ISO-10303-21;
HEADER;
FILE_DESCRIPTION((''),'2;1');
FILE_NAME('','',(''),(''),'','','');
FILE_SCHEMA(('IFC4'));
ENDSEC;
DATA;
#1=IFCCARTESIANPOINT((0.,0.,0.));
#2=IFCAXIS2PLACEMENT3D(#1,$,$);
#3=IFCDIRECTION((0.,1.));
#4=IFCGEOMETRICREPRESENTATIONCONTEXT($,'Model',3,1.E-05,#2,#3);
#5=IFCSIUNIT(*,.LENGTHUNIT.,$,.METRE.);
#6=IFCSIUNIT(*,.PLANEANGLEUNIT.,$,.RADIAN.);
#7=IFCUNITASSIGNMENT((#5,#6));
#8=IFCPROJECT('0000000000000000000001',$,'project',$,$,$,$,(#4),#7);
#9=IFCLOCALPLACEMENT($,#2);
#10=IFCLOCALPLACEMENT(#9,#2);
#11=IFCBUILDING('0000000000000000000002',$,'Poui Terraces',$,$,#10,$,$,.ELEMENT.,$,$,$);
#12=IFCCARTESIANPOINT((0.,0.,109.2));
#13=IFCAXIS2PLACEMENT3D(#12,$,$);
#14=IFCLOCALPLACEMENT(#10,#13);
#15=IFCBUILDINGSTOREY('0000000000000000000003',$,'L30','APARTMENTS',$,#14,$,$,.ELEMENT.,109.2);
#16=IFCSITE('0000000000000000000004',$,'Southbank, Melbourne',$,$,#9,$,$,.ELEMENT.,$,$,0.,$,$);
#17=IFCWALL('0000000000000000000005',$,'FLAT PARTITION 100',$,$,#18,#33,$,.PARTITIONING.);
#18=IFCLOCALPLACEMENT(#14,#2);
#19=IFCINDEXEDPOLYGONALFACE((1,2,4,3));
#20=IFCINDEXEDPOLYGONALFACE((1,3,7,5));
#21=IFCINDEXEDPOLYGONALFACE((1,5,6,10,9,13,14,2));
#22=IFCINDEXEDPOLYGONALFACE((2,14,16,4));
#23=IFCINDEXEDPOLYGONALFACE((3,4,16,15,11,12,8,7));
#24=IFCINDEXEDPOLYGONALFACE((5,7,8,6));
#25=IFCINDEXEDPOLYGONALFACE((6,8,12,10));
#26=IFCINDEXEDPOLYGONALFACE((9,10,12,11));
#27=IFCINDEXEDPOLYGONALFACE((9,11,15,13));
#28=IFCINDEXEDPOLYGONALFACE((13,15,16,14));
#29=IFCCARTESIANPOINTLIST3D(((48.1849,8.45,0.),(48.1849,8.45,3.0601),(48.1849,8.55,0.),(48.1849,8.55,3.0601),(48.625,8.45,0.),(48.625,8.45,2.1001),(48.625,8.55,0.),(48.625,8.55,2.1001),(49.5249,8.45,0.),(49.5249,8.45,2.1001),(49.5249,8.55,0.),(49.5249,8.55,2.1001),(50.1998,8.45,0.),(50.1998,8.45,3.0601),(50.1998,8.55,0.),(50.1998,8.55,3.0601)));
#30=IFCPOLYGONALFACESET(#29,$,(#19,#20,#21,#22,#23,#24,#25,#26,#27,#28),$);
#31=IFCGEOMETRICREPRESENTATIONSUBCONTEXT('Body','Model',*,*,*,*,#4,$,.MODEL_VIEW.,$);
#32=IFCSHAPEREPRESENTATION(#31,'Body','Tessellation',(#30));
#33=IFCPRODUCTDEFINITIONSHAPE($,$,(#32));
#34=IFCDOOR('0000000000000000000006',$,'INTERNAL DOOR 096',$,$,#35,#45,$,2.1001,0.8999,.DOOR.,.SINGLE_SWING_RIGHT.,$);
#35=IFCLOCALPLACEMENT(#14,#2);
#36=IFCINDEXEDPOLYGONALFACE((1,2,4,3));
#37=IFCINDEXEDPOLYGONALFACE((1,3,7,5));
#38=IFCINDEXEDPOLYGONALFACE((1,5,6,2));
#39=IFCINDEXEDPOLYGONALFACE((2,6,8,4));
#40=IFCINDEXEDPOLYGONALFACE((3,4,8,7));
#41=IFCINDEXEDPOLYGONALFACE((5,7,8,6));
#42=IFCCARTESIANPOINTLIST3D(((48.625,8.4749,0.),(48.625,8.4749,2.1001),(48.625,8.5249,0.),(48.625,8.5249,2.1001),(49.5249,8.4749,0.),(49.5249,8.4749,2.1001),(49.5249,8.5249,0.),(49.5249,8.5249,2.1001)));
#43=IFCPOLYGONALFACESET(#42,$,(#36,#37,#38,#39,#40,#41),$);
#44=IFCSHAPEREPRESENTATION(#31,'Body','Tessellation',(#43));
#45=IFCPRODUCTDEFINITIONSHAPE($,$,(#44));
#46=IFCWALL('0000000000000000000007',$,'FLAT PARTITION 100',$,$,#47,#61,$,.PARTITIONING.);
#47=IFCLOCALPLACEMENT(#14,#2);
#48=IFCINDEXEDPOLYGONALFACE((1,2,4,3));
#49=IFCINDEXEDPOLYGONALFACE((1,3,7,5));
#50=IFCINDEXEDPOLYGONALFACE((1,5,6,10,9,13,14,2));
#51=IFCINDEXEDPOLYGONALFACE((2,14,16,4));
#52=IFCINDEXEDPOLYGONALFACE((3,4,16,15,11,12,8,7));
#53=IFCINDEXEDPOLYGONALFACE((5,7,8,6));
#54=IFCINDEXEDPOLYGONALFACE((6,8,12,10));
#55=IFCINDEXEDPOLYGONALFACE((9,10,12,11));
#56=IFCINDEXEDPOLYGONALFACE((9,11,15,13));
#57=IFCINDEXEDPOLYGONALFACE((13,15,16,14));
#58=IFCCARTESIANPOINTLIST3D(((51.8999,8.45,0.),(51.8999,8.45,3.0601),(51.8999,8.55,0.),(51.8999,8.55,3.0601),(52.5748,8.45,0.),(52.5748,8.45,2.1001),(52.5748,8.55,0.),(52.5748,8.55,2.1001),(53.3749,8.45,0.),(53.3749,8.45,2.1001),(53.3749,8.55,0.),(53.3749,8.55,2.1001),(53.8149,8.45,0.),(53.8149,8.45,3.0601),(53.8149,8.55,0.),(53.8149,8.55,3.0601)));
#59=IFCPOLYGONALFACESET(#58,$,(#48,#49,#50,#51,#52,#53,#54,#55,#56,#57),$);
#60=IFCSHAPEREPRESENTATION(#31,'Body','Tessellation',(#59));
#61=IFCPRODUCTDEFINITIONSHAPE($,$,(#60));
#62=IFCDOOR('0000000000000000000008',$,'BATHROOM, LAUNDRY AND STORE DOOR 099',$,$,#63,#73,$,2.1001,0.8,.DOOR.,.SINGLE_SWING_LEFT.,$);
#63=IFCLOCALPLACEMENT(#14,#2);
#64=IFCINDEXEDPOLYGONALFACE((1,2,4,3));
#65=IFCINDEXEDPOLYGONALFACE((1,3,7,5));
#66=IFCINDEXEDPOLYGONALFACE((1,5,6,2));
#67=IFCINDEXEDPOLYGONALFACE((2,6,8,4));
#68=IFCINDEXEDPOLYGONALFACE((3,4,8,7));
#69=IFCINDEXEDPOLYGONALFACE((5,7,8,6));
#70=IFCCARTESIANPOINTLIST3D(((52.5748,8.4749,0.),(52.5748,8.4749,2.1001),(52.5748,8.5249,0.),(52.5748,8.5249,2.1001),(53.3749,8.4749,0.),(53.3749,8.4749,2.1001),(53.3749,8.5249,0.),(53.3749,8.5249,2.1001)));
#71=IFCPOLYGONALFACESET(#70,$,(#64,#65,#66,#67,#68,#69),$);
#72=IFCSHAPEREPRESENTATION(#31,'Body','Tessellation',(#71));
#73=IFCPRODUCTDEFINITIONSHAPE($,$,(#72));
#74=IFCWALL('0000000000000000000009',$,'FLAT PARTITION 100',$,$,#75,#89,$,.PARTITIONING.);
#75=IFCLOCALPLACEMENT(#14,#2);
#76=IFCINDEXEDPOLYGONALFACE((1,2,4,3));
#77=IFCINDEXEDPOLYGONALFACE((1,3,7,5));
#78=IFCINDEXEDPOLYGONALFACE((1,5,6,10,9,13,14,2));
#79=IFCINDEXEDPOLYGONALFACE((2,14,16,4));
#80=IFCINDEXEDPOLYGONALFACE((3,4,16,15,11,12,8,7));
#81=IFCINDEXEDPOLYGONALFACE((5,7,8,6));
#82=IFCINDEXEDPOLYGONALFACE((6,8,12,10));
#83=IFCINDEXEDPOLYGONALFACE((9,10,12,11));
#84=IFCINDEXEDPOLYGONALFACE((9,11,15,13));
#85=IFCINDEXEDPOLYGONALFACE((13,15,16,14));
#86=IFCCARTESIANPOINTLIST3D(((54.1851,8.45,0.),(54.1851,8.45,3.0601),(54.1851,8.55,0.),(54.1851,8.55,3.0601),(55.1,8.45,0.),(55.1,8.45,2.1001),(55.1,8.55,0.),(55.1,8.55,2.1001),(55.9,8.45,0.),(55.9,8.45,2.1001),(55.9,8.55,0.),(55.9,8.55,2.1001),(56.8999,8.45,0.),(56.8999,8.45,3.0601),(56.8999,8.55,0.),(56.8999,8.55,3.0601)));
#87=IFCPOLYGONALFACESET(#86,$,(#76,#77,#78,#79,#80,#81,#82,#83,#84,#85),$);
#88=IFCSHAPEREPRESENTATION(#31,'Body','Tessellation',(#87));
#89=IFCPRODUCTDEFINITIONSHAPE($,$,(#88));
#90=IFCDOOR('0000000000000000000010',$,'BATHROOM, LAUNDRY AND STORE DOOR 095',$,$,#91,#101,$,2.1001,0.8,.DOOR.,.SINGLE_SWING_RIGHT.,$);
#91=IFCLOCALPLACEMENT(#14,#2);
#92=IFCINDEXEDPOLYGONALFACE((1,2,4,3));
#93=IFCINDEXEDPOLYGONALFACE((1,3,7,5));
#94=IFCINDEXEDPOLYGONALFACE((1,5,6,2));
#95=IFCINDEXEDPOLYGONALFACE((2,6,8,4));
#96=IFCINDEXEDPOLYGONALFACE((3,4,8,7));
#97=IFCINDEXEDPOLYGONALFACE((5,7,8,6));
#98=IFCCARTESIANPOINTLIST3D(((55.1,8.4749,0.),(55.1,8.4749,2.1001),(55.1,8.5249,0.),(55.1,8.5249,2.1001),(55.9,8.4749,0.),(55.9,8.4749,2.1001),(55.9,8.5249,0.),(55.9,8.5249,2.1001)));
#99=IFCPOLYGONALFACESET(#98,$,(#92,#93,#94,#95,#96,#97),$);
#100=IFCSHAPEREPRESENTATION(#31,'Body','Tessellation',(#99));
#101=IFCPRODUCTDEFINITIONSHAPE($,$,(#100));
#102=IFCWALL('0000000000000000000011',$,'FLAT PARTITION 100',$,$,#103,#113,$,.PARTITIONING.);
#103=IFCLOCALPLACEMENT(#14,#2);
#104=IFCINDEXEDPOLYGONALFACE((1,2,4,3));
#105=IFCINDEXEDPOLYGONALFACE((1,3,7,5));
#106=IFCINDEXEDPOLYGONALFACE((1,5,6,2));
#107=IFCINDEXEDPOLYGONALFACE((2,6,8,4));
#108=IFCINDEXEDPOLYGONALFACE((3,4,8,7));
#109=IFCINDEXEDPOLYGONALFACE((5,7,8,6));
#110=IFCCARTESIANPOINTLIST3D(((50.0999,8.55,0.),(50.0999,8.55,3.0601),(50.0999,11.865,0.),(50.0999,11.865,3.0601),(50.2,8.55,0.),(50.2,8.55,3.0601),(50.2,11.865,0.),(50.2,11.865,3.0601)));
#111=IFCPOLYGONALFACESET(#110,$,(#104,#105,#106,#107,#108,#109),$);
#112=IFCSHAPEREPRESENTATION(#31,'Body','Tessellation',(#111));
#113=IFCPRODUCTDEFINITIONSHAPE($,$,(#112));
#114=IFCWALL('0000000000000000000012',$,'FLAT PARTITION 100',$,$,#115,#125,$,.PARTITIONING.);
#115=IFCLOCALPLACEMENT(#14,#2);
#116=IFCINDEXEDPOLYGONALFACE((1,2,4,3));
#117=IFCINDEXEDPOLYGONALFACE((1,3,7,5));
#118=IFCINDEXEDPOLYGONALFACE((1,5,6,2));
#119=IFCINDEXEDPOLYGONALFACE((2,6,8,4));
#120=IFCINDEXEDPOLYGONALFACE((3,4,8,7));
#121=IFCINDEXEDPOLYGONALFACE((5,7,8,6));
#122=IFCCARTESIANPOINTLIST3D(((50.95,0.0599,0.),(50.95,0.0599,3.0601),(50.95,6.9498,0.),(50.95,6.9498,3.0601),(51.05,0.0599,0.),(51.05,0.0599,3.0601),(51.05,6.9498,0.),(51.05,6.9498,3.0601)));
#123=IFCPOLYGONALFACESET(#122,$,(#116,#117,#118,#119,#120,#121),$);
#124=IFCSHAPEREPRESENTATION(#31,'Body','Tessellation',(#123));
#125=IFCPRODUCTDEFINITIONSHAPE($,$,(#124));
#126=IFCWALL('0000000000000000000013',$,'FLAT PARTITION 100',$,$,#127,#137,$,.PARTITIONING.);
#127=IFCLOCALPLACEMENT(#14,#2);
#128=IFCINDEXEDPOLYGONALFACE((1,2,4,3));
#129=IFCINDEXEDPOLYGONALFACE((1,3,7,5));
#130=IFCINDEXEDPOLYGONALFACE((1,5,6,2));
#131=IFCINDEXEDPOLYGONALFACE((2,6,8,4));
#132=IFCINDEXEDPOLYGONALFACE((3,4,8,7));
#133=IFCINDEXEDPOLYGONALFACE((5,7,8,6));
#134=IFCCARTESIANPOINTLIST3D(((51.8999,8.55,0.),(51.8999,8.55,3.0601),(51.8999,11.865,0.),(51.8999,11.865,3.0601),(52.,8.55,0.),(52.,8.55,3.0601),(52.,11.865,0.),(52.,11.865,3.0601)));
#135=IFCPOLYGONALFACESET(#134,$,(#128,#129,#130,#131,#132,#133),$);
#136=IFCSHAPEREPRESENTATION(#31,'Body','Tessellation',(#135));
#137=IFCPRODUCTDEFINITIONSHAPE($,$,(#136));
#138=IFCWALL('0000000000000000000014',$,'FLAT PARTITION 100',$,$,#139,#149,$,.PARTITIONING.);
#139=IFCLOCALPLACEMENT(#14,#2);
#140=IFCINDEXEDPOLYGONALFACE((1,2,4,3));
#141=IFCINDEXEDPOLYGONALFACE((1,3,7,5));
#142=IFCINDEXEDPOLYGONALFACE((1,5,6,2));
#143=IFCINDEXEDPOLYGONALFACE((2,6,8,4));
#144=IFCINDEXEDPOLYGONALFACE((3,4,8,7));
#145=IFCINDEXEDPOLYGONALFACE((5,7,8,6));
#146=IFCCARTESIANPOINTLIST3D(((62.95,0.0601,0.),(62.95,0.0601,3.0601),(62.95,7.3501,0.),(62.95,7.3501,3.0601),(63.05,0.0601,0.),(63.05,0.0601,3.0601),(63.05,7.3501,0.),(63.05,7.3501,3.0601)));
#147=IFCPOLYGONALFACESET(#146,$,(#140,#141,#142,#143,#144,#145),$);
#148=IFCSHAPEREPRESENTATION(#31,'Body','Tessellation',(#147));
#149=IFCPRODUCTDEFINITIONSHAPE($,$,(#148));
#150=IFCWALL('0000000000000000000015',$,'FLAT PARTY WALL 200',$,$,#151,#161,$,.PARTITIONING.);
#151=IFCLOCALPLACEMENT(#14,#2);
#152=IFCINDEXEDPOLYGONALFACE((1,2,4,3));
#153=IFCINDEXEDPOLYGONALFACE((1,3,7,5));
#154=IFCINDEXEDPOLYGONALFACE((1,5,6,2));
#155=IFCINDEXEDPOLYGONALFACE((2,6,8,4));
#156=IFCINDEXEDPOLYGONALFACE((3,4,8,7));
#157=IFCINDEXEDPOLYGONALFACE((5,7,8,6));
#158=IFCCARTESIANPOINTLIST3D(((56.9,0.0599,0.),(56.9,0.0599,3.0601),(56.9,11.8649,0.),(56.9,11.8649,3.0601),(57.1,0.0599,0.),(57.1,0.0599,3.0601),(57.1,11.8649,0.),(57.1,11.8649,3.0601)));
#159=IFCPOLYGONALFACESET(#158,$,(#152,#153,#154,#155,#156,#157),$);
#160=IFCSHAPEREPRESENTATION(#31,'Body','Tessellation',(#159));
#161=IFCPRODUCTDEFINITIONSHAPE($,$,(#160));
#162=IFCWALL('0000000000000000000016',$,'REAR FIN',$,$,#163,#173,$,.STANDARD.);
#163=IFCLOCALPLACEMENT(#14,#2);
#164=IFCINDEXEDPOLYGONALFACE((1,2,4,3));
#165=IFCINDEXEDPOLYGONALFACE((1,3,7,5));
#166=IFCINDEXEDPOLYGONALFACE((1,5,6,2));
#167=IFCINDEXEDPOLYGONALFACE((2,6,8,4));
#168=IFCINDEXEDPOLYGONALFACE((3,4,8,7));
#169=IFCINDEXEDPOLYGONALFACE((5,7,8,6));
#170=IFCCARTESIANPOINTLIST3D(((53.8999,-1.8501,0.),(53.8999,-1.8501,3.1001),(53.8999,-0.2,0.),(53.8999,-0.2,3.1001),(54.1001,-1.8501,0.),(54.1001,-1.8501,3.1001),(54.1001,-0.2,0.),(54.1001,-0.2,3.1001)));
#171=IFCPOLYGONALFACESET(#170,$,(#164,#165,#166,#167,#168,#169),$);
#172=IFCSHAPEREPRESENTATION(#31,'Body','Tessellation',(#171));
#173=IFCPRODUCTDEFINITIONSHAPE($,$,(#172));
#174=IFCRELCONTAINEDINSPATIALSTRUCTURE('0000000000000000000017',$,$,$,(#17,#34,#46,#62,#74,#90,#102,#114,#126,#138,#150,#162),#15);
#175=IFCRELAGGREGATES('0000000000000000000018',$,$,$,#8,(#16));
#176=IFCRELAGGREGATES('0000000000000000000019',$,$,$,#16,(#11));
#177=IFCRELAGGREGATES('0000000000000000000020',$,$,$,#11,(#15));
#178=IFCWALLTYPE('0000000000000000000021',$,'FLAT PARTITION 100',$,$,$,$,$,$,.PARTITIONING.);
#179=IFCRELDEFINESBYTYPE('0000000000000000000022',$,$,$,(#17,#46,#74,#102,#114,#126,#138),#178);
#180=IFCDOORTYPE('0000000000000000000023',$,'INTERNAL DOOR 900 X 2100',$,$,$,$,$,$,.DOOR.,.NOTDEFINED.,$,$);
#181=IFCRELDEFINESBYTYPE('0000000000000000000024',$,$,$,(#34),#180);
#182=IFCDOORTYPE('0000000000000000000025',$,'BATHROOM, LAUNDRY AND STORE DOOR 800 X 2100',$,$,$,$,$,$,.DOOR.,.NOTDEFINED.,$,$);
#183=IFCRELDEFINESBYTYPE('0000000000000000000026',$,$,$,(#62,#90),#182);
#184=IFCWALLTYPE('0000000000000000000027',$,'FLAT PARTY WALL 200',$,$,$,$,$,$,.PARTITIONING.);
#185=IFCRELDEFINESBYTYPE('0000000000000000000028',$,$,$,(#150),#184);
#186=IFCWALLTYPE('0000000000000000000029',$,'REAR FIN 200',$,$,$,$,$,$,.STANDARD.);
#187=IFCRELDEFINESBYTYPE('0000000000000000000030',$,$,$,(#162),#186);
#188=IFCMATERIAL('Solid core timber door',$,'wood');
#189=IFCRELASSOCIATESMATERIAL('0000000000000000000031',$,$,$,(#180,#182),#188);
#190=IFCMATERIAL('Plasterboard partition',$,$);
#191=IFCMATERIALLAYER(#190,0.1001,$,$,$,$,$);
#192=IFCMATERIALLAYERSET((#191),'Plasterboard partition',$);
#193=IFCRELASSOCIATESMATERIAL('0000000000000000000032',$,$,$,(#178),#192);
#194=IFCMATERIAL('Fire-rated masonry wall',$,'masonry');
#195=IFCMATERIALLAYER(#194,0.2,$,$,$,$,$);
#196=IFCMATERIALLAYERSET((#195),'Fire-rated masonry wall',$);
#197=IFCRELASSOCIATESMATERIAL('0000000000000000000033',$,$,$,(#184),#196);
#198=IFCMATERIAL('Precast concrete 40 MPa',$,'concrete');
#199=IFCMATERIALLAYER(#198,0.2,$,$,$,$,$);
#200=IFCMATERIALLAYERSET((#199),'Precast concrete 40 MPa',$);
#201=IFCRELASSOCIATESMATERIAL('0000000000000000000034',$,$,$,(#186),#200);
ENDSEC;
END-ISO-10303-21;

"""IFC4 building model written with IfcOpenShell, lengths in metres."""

from ifc_helpers import new_model, si_unit, direction, frame, frame_2d, origin, place, context, subcontext, project, spatial, polyline, rectangle, outline, extrude, source, transform, mapped, material, layer, layer_set, type_object, element, fill, save


model = new_model("IFC4")

# Units and contexts
model_context = context("Model", 3, precision=1e-05, world=origin(), true_north=direction((0.0, 1.0)))
body_context = subcontext(model_context, "Body", "Model", "MODEL_VIEW")
ifc_project = project(units=[si_unit("LENGTHUNIT", "METRE"), si_unit("PLANEANGLEUNIT", "RADIAN")], contexts=[model_context])

# Site, building, storey
site_placement = place(None, origin())
site = spatial("IfcSite", under=ifc_project, at=site_placement, Name="Southbank, Melbourne", CompositionType="ELEMENT", RefElevation=0.0)
building_placement = place(site_placement, origin())
building = spatial("IfcBuilding", under=site, at=building_placement, Name="Poui Terraces", CompositionType="ELEMENT")
storey_placement = place(building_placement, frame((0.0, 0.0, 109.2)))
storey = spatial("IfcBuildingStorey", under=building, at=storey_placement, Name="L30", Description="APARTMENTS", CompositionType="ELEMENT", Elevation=109.2)

# Shared definitions
ifc_material_1 = material(Name="Precast concrete 40 MPa", Category="concrete")

# Shared definitions
ifc_material_2 = material(Name="Solid core timber door", Category="wood")
door_type_1 = type_object("IfcDoorType", Name="INTERNAL DOOR 900 X 2100", OperationType="NOTDEFINED", PredefinedType="DOOR", material=ifc_material_2)

# Walls, openings, doors
ifc_material_3 = material(Name="Plasterboard partition")
ifc_layer_1 = layer(ifc_material_3, 0.1001)
ifc_layer_set_1 = layer_set([ifc_layer_1], Name="Plasterboard partition")
wall_type_1 = type_object("IfcWallType", Name="FLAT PARTITION 100", PredefinedType="PARTITIONING", material=ifc_layer_set_1)
wall_1_placement = place(storey_placement, frame((48.1851, 8.5, 0.0), z_axis=(0.0, 0.0, 1.0), x_axis=(1.0, 0.0, 0.0)))
wall_1 = element("IfcWall", 1, at=wall_1_placement, inside=storey, type_object=wall_type_1, Name="FLAT PARTITION 100", PredefinedType="PARTITIONING", context=body_context, shape_type="SweptSolid", body=[
    extrude(rectangle(XDim=2.0149, YDim=0.1001, at=frame_2d((1.0073, 0.0))), origin(), (0.0, 0.0, 1.0), 3.0601),
])
opening_1_placement = place(wall_1_placement, frame((0.4399, 0.0, 0.0)))
opening_1 = element("IfcOpeningElement", 2, at=opening_1_placement, cuts=wall_1, PredefinedType="OPENING", context=body_context, shape_type="SweptSolid", body=[
    extrude(rectangle(XDim=0.8999, YDim=2.1001, at=frame_2d((0.45, 1.05))), frame((0.0, 0.0601, 0.0), z_axis=(0.0, -1.0, 0.0), x_axis=(1.0, 0.0, 0.0)), (0.0, 0.0, 1.0), 0.1201),
])
door_1_placement = place(opening_1_placement, origin())
door_1 = element("IfcDoor", 3, at=door_1_placement, inside=storey, type_object=door_type_1, Name="INTERNAL DOOR 096", OperationType="SINGLE_SWING_RIGHT", OverallHeight=2.1001, OverallWidth=0.8999, PredefinedType="DOOR", context=body_context, shape_type="SweptSolid", body=[
    extrude(rectangle(XDim=0.8999, YDim=2.1001, at=frame_2d((0.45, 1.05))), frame((0.0, 0.0249, 0.0), z_axis=(0.0, -1.0, 0.0), x_axis=(1.0, 0.0, 0.0)), (0.0, 0.0, 1.0), 0.05),
])
fill(opening_1, door_1)
wall_2_placement = place(storey_placement, frame((51.8999, 8.5, 0.0), z_axis=(0.0, 0.0, 1.0), x_axis=(1.0, 0.0, 0.0)))
wall_2 = element("IfcWall", 4, at=wall_2_placement, inside=storey, type_object=wall_type_1, Name="FLAT PARTITION 100", PredefinedType="PARTITIONING", context=body_context, shape_type="SweptSolid", body=[
    extrude(rectangle(XDim=1.915, YDim=0.1001, at=frame_2d((0.9575, 0.0))), origin(), (0.0, 0.0, 1.0), 3.0601),
])
opening_2_placement = place(wall_2_placement, frame((0.675, 0.0, 0.0)))
opening_2 = element("IfcOpeningElement", 5, at=opening_2_placement, cuts=wall_2, PredefinedType="OPENING", context=body_context, shape_type="SweptSolid", body=[
    extrude(rectangle(XDim=0.8, YDim=2.1001, at=frame_2d((0.3999, 1.05))), frame((0.0, 0.0601, 0.0), z_axis=(0.0, -1.0, 0.0), x_axis=(1.0, 0.0, 0.0)), (0.0, 0.0, 1.0), 0.1201),
])
door_type_2 = type_object("IfcDoorType", Name="BATHROOM, LAUNDRY AND STORE DOOR 800 X 2100", OperationType="NOTDEFINED", PredefinedType="DOOR", material=ifc_material_2)
door_2_placement = place(opening_2_placement, origin())
door_2 = element("IfcDoor", 6, at=door_2_placement, inside=storey, type_object=door_type_2, Name="BATHROOM, LAUNDRY AND STORE DOOR 099", OperationType="SINGLE_SWING_LEFT", OverallHeight=2.1001, OverallWidth=0.8, PredefinedType="DOOR", context=body_context, shape_type="SweptSolid", body=[
    extrude(rectangle(XDim=0.8, YDim=2.1001, at=frame_2d((0.3999, 1.05))), frame((0.0, 0.0249, 0.0), z_axis=(0.0, -1.0, 0.0), x_axis=(1.0, 0.0, 0.0)), (0.0, 0.0, 1.0), 0.05),
])
fill(opening_2, door_2)
wall_3_placement = place(storey_placement, frame((54.1851, 8.5, 0.0), z_axis=(0.0, 0.0, 1.0), x_axis=(1.0, 0.0, 0.0)))
wall_3 = element("IfcWall", 7, at=wall_3_placement, inside=storey, type_object=wall_type_1, Name="FLAT PARTITION 100", PredefinedType="PARTITIONING", context=body_context, shape_type="SweptSolid", body=[
    extrude(rectangle(XDim=2.7148, YDim=0.1001, at=frame_2d((1.3574, 0.0))), origin(), (0.0, 0.0, 1.0), 3.0601),
])
opening_3_placement = place(wall_3_placement, frame((0.915, 0.0, 0.0)))
opening_3 = element("IfcOpeningElement", 8, at=opening_3_placement, cuts=wall_3, PredefinedType="OPENING", context=body_context, shape_type="SweptSolid", body=[
    extrude(rectangle(XDim=0.8, YDim=2.1001, at=frame_2d((0.3999, 1.05))), frame((0.0, 0.0601, 0.0), z_axis=(0.0, -1.0, 0.0), x_axis=(1.0, 0.0, 0.0)), (0.0, 0.0, 1.0), 0.1201),
])
door_3_placement = place(opening_3_placement, origin())
door_3 = element("IfcDoor", 9, at=door_3_placement, inside=storey, type_object=door_type_2, Name="BATHROOM, LAUNDRY AND STORE DOOR 095", OperationType="SINGLE_SWING_RIGHT", OverallHeight=2.1001, OverallWidth=0.8, PredefinedType="DOOR", context=body_context, shape_type="SweptSolid", body=[
    extrude(rectangle(XDim=0.8, YDim=2.1001, at=frame_2d((0.3999, 1.05))), frame((0.0, 0.0249, 0.0), z_axis=(0.0, -1.0, 0.0), x_axis=(1.0, 0.0, 0.0)), (0.0, 0.0, 1.0), 0.05),
])
fill(opening_3, door_3)

# Walls
wall_4_placement = place(storey_placement, frame((50.1499, 8.55, 0.0), z_axis=(0.0, 0.0, 1.0), x_axis=(0.0, 1.0, 0.0)))
element("IfcWall", 10, at=wall_4_placement, inside=storey, type_object=wall_type_1, Name="FLAT PARTITION 100", PredefinedType="PARTITIONING", context=body_context, shape_type="SweptSolid", body=[
    extrude(rectangle(XDim=3.3149, YDim=0.1001, at=frame_2d((1.6575, 0.0))), origin(), (0.0, 0.0, 1.0), 3.0601),
])
wall_5_placement = place(storey_placement, frame((51.0, 0.0601, 0.0), z_axis=(0.0, 0.0, 1.0), x_axis=(0.0, 1.0, 0.0)))
element("IfcWall", 11, at=wall_5_placement, inside=storey, type_object=wall_type_1, Name="FLAT PARTITION 100", PredefinedType="PARTITIONING", context=body_context, shape_type="SweptSolid", body=[
    extrude(rectangle(XDim=6.8899, YDim=0.1001, at=frame_2d((3.4448, 0.0))), origin(), (0.0, 0.0, 1.0), 3.0601),
])
wall_6_placement = place(storey_placement, frame((51.95, 8.55, 0.0), z_axis=(0.0, 0.0, 1.0), x_axis=(0.0, 1.0, 0.0)))
element("IfcWall", 12, at=wall_6_placement, inside=storey, type_object=wall_type_1, Name="FLAT PARTITION 100", PredefinedType="PARTITIONING", context=body_context, shape_type="SweptSolid", body=[
    extrude(rectangle(XDim=3.3149, YDim=0.1001, at=frame_2d((1.6575, 0.0))), origin(), (0.0, 0.0, 1.0), 3.0601),
])
wall_7_placement = place(storey_placement, frame((63.0, 0.0601, 0.0), z_axis=(0.0, 0.0, 1.0), x_axis=(0.0, 1.0, 0.0)))
element("IfcWall", 13, at=wall_7_placement, inside=storey, type_object=wall_type_1, Name="FLAT PARTITION 100", PredefinedType="PARTITIONING", context=body_context, shape_type="SweptSolid", body=[
    extrude(rectangle(XDim=7.29, YDim=0.1001, at=frame_2d((3.645, 0.0))), origin(), (0.0, 0.0, 1.0), 3.0601),
])
ifc_material_4 = material(Name="Fire-rated masonry wall", Category="masonry")
ifc_layer_2 = layer(ifc_material_4, 0.2)
ifc_layer_set_2 = layer_set([ifc_layer_2], Name="Fire-rated masonry wall")
wall_type_2 = type_object("IfcWallType", Name="FLAT PARTY WALL 200", PredefinedType="PARTITIONING", material=ifc_layer_set_2)
wall_8_placement = place(storey_placement, frame((57.0, 0.0601, 0.0), z_axis=(0.0, 0.0, 1.0), x_axis=(0.0, 1.0, 0.0)))
element("IfcWall", 14, at=wall_8_placement, inside=storey, type_object=wall_type_2, Name="FLAT PARTY WALL 200", PredefinedType="PARTITIONING", context=body_context, shape_type="SweptSolid", body=[
    extrude(rectangle(XDim=11.8049, YDim=0.2, at=frame_2d((5.9023, 0.0))), origin(), (0.0, 0.0, 1.0), 3.0601),
])
ifc_layer_3 = layer(ifc_material_1, 0.2)
ifc_layer_set_3 = layer_set([ifc_layer_3], Name="Precast concrete 40 MPa")
wall_type_3 = type_object("IfcWallType", Name="REAR FIN 200", PredefinedType="STANDARD", material=ifc_layer_set_3)
shared_shape_1 = source(origin(), body_context, "Body", "SweptSolid", [
    extrude(outline(polyline([(0.0, 0.0), (0.2002, 0.0), (0.2002, 1.6501), (0.0, 1.6501), (0.0, 0.0)])), origin(), (0.0, 0.0, 1.0), 3.1001),
])
for number, where, name in (
    (15, (53.8999, -1.8501, 0.0), "REAR FIN"),
):
    element("IfcWall", number, at=place(storey_placement, frame(where)), inside=storey, type_object=wall_type_3, Name=name, PredefinedType="STANDARD", context=body_context, shape_type="MappedRepresentation", body=[
        mapped(shared_shape_1, transform((0.0, 0.0, 0.0))),
    ])

save(model, "model.ifc")
